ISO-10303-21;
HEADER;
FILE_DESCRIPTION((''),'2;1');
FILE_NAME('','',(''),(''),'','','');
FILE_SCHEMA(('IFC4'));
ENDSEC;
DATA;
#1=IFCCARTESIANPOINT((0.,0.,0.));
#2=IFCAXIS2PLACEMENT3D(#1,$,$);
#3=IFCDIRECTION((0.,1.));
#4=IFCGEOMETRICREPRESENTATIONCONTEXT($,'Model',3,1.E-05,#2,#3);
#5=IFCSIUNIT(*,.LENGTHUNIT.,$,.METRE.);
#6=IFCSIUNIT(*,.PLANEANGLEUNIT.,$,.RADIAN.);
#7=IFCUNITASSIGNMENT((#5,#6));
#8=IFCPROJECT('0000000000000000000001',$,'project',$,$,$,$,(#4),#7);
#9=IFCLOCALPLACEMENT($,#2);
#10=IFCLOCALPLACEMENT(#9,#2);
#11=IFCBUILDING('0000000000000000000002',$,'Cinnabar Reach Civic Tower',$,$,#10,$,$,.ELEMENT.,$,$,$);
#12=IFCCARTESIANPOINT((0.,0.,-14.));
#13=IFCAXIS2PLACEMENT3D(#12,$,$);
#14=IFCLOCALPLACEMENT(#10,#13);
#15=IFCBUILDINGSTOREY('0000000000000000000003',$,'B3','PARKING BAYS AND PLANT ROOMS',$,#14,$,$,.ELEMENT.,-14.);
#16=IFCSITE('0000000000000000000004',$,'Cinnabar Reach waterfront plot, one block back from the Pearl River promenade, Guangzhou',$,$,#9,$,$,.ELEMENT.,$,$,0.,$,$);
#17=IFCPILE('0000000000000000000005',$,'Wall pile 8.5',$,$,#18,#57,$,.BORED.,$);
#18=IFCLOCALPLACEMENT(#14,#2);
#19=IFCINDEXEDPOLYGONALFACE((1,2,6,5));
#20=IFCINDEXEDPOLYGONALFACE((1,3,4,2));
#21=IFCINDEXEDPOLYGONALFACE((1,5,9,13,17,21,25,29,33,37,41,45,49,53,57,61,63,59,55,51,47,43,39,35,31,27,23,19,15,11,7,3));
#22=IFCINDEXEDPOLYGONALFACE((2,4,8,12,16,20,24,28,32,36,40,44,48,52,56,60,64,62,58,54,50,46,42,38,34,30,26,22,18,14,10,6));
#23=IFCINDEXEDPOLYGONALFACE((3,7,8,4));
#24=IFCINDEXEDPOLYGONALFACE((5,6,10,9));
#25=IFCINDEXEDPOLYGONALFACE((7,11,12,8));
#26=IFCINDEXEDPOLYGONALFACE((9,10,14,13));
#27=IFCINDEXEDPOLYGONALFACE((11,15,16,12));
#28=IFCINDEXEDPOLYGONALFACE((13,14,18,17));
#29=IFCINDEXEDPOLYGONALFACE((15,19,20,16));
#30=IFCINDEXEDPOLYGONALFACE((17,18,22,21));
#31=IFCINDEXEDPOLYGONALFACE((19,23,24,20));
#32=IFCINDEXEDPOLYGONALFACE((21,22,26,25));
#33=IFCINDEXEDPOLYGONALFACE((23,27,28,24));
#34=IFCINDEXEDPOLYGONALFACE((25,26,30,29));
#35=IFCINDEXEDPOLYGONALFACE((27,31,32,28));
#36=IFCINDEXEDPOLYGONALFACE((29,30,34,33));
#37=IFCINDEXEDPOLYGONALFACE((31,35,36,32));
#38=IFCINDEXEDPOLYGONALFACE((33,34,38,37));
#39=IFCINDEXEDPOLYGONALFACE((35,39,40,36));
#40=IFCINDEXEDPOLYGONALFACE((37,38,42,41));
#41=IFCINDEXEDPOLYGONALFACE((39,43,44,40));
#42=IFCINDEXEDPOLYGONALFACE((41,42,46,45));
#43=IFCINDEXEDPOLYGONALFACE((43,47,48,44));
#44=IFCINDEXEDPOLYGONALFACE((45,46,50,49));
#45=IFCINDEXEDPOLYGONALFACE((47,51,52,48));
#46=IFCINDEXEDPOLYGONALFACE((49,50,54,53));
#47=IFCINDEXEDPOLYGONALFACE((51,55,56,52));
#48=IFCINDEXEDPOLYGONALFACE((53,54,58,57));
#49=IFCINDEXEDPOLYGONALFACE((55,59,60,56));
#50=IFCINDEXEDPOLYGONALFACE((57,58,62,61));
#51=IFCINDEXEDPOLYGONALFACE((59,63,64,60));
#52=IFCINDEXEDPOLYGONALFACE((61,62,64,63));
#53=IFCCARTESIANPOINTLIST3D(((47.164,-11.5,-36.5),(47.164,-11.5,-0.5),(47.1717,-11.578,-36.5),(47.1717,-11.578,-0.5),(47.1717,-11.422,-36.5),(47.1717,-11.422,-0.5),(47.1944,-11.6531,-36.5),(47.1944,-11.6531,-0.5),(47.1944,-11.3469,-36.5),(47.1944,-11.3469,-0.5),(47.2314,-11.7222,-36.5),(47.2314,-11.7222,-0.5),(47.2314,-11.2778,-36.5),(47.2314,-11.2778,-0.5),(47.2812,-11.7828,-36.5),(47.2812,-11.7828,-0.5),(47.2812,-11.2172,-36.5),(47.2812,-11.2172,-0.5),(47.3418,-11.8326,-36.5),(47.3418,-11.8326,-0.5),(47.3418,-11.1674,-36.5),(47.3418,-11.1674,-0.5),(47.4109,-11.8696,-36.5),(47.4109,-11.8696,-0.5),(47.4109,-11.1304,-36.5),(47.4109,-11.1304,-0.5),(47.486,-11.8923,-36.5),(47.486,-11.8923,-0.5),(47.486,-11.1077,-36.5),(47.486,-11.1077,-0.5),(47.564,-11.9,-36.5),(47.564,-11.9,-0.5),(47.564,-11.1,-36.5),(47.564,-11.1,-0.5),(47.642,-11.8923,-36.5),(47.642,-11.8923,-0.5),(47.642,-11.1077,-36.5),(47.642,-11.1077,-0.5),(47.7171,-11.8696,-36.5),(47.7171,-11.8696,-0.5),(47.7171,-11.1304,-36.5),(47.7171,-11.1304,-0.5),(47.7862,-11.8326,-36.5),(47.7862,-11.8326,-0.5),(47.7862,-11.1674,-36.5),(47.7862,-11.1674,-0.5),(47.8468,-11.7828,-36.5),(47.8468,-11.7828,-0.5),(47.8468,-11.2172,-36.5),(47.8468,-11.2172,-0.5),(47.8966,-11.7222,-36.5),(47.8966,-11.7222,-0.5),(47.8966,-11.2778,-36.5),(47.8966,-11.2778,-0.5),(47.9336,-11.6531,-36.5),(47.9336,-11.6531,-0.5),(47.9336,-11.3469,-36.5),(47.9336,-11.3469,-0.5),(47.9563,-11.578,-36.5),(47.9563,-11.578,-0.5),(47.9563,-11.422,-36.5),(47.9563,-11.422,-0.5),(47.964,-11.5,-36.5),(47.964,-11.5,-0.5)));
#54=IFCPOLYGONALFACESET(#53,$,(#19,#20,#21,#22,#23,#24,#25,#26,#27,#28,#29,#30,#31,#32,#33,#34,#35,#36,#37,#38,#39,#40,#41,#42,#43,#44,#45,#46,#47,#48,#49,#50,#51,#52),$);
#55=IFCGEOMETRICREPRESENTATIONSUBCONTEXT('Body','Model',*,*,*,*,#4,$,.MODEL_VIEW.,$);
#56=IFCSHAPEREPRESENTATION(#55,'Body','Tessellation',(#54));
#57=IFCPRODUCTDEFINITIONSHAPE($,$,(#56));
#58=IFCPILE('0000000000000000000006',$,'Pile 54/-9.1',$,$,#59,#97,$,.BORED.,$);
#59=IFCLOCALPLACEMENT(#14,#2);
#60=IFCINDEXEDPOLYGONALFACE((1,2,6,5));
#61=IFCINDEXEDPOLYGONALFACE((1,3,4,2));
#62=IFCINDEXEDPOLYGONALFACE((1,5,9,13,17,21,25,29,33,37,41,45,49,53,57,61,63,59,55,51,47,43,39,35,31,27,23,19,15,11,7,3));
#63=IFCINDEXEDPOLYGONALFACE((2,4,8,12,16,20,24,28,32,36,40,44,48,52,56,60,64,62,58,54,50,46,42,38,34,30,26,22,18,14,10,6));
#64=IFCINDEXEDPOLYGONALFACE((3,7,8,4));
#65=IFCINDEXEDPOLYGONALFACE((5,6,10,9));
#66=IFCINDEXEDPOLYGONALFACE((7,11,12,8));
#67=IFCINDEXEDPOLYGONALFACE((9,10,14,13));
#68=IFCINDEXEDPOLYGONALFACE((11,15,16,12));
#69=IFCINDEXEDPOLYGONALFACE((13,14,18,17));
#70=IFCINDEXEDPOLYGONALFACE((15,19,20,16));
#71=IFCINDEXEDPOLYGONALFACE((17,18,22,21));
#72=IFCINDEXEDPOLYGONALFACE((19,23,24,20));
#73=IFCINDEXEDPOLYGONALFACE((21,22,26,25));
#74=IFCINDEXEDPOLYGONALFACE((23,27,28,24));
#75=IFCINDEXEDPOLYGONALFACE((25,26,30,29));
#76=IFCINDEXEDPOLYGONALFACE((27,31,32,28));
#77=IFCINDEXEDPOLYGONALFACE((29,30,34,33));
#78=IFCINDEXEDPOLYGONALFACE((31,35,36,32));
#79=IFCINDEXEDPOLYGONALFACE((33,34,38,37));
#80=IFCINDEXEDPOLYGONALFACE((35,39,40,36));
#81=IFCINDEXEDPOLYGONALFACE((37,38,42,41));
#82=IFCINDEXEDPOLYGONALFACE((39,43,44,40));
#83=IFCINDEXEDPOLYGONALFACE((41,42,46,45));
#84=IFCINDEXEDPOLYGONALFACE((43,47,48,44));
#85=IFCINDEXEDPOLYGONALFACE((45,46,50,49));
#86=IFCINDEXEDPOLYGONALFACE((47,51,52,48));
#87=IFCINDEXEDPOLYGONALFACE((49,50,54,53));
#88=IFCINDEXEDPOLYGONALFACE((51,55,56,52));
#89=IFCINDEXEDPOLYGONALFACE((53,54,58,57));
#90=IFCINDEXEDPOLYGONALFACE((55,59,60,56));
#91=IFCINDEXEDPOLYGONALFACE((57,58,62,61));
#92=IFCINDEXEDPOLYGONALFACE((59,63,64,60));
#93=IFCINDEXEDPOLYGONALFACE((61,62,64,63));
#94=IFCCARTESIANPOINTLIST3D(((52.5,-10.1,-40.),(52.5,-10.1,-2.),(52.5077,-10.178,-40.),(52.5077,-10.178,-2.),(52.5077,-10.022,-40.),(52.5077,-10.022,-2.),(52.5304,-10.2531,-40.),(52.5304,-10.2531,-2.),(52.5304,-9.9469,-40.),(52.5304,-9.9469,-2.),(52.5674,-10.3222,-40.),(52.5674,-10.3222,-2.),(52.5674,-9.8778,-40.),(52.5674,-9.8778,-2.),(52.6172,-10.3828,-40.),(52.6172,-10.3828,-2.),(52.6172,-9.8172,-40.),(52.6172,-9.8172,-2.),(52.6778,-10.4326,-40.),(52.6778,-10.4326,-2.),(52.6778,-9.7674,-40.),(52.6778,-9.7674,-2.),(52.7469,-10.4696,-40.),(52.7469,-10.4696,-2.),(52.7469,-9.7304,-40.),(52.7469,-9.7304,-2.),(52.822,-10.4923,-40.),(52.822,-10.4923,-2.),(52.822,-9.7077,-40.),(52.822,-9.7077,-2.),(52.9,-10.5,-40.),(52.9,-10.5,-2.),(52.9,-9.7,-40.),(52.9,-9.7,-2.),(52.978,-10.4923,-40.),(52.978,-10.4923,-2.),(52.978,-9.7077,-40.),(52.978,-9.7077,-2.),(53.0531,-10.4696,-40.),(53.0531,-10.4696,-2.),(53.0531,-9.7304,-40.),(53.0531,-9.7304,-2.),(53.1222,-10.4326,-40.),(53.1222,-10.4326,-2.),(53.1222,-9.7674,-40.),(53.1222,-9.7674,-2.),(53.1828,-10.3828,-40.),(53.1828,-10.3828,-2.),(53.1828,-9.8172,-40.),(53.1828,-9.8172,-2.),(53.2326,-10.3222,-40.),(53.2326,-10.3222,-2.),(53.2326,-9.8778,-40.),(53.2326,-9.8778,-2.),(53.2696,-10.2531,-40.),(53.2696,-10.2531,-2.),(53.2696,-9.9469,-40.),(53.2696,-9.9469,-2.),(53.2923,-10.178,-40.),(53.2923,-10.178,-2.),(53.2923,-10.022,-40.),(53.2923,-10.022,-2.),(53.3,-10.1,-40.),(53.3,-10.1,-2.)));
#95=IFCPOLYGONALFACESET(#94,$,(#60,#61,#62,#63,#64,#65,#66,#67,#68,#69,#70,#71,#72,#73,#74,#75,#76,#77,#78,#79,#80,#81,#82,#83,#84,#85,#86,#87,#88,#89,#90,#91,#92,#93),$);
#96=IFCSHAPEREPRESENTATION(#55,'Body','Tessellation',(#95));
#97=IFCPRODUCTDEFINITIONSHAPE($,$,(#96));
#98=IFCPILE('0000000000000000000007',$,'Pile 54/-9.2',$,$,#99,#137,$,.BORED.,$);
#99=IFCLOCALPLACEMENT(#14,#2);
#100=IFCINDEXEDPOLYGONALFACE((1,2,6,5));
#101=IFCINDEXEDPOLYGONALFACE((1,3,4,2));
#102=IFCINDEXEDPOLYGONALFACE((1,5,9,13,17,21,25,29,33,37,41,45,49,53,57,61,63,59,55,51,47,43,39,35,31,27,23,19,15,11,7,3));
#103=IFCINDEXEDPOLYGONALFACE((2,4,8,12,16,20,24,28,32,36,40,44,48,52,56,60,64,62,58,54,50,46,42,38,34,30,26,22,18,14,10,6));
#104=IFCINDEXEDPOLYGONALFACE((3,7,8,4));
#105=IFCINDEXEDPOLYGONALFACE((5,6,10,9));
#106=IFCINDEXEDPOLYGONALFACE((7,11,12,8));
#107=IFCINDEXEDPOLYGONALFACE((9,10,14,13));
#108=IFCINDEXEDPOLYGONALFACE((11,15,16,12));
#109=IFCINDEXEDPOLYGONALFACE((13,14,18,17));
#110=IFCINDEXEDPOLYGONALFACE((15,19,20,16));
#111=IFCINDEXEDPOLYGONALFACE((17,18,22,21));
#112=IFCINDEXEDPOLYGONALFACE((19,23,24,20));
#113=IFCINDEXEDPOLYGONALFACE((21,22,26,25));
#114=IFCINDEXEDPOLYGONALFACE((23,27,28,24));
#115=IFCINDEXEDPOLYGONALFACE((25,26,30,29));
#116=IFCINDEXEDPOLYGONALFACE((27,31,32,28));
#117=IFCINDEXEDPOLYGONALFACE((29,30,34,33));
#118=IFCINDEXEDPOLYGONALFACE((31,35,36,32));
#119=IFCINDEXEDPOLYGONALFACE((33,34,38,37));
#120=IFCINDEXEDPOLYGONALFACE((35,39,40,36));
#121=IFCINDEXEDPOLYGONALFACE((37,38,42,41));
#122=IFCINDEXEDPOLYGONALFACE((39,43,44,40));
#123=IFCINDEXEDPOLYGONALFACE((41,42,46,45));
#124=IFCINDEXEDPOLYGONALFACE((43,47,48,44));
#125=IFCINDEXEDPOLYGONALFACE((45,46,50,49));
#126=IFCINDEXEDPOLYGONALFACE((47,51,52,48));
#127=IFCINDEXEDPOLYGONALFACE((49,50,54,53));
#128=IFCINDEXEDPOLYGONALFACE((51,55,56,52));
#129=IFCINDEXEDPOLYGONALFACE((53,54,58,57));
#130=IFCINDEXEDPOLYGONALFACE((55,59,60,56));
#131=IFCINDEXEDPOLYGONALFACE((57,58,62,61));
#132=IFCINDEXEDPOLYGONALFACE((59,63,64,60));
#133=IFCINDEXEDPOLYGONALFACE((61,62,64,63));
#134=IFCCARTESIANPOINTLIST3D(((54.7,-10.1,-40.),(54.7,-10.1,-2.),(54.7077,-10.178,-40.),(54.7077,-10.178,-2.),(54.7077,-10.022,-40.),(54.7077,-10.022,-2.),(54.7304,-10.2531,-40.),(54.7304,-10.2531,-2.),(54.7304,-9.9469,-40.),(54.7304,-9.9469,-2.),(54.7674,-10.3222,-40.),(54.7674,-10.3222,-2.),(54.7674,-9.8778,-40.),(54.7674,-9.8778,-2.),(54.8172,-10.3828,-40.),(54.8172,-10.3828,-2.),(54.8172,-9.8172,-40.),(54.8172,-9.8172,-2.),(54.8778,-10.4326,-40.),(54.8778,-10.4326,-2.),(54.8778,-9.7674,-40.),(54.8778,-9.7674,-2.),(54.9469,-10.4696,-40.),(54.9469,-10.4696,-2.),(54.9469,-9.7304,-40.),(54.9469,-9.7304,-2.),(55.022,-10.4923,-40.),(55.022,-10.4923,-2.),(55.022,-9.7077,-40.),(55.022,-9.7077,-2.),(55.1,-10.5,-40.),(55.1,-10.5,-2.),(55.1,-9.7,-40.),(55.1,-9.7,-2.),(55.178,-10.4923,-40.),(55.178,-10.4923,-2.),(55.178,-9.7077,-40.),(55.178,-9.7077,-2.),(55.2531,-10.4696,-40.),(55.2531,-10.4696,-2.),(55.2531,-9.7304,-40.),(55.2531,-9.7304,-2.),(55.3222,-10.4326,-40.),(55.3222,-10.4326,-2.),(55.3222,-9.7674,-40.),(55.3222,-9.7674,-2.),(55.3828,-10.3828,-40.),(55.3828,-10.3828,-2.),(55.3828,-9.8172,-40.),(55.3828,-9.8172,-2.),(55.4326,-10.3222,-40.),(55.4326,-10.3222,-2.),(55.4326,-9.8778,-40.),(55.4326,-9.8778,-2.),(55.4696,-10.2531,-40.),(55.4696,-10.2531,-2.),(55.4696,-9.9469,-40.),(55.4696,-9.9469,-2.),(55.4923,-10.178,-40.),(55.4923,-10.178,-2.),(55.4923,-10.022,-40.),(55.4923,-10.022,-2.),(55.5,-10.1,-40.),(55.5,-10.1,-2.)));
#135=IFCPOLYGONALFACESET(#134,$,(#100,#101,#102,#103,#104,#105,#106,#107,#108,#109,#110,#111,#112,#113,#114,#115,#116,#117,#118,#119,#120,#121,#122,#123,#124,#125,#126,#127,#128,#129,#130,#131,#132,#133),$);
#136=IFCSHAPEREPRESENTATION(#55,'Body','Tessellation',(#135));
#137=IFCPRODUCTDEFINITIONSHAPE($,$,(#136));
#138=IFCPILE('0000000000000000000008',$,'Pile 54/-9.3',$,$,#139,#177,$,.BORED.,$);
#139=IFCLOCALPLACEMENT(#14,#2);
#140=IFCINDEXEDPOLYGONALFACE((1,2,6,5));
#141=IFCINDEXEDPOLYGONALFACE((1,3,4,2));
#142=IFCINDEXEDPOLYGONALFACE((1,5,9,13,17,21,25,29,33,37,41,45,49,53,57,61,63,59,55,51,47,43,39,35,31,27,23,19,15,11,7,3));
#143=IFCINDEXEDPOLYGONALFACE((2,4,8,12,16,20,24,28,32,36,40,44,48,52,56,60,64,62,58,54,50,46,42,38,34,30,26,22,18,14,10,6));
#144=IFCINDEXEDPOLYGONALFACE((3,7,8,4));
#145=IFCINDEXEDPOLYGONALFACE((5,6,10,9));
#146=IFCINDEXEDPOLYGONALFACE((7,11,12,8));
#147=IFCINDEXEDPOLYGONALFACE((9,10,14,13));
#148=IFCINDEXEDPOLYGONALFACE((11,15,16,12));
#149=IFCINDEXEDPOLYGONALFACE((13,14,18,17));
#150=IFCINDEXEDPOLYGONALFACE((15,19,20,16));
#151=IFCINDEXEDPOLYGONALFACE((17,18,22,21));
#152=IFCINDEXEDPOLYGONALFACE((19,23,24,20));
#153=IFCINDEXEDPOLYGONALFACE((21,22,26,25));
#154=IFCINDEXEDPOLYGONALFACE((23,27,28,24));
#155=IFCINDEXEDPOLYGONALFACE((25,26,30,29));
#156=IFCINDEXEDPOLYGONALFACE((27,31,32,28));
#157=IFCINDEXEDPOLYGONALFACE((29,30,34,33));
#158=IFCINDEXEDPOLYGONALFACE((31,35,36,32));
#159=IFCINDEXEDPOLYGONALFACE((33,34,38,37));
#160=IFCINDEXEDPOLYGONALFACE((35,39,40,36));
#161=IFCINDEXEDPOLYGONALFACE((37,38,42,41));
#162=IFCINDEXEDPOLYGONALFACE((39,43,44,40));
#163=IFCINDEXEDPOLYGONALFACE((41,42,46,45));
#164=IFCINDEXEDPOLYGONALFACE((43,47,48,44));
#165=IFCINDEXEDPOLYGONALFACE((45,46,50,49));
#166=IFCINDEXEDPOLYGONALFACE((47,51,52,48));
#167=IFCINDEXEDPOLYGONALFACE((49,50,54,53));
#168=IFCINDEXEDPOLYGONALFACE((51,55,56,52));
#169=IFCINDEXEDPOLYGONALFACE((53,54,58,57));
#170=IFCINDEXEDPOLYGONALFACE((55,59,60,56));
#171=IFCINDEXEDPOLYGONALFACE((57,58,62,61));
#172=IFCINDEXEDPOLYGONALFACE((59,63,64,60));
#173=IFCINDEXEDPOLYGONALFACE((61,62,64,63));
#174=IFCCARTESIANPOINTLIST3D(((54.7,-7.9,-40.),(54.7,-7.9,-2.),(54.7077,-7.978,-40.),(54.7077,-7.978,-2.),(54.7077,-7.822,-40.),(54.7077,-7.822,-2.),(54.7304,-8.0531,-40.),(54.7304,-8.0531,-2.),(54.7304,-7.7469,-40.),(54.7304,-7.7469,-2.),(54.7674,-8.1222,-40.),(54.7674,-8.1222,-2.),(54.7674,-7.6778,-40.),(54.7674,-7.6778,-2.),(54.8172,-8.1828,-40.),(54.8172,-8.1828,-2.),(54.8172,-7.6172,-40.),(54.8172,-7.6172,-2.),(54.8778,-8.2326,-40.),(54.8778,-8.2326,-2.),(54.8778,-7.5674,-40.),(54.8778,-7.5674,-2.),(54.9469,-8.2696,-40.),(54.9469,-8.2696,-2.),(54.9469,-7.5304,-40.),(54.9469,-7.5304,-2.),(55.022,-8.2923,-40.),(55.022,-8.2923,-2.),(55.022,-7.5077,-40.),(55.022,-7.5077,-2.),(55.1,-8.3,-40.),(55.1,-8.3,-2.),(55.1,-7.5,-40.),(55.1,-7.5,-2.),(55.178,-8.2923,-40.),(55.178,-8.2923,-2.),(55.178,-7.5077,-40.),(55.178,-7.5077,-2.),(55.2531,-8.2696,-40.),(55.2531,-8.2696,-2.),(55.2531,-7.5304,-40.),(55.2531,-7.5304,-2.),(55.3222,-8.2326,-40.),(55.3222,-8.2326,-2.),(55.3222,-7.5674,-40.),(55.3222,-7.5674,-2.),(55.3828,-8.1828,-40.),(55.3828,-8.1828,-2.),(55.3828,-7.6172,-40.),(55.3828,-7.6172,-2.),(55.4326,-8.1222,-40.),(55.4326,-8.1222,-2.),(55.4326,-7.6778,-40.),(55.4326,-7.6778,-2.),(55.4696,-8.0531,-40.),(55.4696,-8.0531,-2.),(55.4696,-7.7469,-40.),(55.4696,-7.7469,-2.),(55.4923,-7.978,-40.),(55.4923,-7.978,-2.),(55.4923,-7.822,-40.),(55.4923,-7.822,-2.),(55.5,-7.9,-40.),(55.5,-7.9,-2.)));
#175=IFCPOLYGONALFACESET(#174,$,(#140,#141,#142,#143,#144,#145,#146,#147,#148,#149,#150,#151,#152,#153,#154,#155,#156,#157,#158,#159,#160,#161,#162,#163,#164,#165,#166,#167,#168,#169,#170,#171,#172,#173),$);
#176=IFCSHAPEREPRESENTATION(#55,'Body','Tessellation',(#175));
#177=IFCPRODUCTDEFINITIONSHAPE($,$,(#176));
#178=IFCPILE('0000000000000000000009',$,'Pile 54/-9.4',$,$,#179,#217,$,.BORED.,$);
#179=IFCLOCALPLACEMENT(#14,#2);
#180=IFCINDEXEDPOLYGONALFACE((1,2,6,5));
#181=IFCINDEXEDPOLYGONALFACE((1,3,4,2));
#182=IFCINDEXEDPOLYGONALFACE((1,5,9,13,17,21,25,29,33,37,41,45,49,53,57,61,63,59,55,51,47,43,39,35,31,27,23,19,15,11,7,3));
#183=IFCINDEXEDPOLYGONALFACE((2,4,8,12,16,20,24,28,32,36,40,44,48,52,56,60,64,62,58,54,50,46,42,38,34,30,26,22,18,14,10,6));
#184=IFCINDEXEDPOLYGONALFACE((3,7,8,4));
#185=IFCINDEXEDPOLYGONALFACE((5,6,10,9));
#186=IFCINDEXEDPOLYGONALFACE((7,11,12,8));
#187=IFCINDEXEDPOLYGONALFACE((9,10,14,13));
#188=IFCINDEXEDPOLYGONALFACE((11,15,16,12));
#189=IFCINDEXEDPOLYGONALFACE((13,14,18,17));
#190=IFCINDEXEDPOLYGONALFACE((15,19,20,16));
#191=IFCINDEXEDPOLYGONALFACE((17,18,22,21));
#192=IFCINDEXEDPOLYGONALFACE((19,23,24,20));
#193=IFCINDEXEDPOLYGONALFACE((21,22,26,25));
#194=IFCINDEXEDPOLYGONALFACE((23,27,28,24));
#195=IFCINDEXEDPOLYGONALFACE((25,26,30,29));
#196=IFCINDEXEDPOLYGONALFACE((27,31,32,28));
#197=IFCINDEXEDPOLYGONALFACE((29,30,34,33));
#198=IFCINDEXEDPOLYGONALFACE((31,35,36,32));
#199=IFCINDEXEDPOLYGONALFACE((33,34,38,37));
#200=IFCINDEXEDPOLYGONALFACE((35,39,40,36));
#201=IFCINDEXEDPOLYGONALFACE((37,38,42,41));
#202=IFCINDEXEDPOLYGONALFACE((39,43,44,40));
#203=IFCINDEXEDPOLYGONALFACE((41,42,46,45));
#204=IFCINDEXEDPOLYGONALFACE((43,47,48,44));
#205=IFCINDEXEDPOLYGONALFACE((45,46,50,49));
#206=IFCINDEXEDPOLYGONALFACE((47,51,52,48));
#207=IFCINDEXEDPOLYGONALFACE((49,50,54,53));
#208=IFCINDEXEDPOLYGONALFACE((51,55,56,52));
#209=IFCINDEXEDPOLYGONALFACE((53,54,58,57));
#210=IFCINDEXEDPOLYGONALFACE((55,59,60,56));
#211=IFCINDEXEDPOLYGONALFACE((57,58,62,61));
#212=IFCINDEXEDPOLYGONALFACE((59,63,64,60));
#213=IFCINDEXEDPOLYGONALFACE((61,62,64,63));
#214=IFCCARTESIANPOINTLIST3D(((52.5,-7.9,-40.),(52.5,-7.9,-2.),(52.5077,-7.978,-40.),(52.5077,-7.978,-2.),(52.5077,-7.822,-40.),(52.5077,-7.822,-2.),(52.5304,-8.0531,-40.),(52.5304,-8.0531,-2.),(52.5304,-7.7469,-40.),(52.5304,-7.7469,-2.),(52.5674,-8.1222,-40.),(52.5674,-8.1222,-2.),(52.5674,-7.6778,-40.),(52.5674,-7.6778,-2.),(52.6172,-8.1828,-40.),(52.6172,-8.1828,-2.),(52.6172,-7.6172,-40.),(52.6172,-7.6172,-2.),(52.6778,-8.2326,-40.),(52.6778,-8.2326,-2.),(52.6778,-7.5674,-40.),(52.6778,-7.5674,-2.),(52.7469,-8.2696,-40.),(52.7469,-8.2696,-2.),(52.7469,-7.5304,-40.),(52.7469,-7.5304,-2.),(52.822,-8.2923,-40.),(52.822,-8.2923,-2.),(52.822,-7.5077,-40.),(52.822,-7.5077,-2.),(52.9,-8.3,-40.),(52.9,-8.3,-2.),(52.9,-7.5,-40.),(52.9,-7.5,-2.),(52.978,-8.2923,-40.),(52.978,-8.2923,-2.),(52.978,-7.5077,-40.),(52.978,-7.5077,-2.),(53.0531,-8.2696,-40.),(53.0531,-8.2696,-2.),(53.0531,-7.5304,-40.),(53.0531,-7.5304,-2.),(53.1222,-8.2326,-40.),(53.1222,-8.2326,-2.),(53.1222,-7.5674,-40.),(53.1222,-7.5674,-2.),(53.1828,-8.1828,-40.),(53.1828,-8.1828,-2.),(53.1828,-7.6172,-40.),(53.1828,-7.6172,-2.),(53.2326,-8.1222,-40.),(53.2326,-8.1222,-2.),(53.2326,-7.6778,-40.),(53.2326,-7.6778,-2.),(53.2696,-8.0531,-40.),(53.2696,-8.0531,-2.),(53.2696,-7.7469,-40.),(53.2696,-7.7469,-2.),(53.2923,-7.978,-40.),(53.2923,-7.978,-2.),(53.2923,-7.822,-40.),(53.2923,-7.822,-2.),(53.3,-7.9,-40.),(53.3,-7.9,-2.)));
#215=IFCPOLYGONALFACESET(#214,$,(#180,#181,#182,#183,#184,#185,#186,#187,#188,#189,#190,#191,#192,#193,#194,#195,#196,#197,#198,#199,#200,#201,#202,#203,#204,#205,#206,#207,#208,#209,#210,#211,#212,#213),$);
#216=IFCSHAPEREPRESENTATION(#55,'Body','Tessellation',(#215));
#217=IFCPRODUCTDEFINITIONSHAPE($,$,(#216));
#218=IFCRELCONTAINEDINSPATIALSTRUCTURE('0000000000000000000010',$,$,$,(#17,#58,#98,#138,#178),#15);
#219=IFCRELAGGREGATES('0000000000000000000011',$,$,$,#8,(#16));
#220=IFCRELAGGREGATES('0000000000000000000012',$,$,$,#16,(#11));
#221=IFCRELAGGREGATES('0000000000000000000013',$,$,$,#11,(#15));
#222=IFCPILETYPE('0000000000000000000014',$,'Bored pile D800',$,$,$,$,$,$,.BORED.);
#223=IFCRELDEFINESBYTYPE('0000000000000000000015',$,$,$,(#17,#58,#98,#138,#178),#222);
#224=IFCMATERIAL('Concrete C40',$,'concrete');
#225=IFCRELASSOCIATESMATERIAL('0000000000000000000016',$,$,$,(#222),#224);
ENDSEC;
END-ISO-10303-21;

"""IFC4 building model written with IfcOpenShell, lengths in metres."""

from ifc_helpers import new_model, si_unit, direction, frame, origin, origin_2d, place, context, subcontext, project, spatial, circle, extrude, material, type_object, element, save


model = new_model("IFC4")

# Units and contexts
model_context = context("Model", 3, precision=1e-05, world=origin(), true_north=direction((0.0, 1.0)))
body_context = subcontext(model_context, "Body", "Model", "MODEL_VIEW")
ifc_project = project(units=[si_unit("LENGTHUNIT", "METRE"), si_unit("PLANEANGLEUNIT", "RADIAN")], contexts=[model_context])

# Site, building, storey
site_placement = place(None, origin())
site = spatial("IfcSite", under=ifc_project, at=site_placement, Name="Cinnabar Reach waterfront plot, one block back from the Pearl River promenade, Guangzhou", CompositionType="ELEMENT", RefElevation=0.0)
building_placement = place(site_placement, origin())
building = spatial("IfcBuilding", under=site, at=building_placement, Name="Cinnabar Reach Civic Tower", CompositionType="ELEMENT")
storey_placement = place(building_placement, frame((0.0, 0.0, -14.0)))
storey = spatial("IfcBuildingStorey", under=building, at=storey_placement, Name="B3", Description="PARKING BAYS AND PLANT ROOMS", CompositionType="ELEMENT", Elevation=-14.0)

# Piles
ifc_material_1 = material(Name="Concrete C40", Category="concrete")
pile_type = type_object("IfcPileType", Name="Bored pile D800", PredefinedType="BORED", material=ifc_material_1)
for number, where, z_axis, x_axis, name in (
    (1, (47.564, -11.5, -0.5), (0.0, 0.0, -1.0), (1.0, 0.0, 0.0), "Wall pile 8.5"),
):
    element("IfcPile", number, at=place(storey_placement, frame(where, z_axis=z_axis, x_axis=x_axis)), inside=storey, type_object=pile_type, Name=name, PredefinedType="BORED", context=body_context, shape_type="SweptSolid", body=[
        extrude(circle(Radius=0.4, at=origin_2d()), origin(), (0.0, 0.0, 1.0), 36.0),
    ])
for number, where, z_axis, x_axis, name in (
    (2, (52.9, -10.1, -2.0), (0.0, 0.0, -1.0), (1.0, 0.0, 0.0), "Pile 54/-9.1"),
    (3, (55.1, -10.1, -2.0), (0.0, 0.0, -1.0), (1.0, 0.0, 0.0), "Pile 54/-9.2"),
    (4, (55.1, -7.9, -2.0), (0.0, 0.0, -1.0), (1.0, 0.0, 0.0), "Pile 54/-9.3"),
    (5, (52.9, -7.9, -2.0), (0.0, 0.0, -1.0), (1.0, 0.0, 0.0), "Pile 54/-9.4"),
):
    element("IfcPile", number, at=place(storey_placement, frame(where, z_axis=z_axis, x_axis=x_axis)), inside=storey, type_object=pile_type, Name=name, PredefinedType="BORED", context=body_context, shape_type="SweptSolid", body=[
        extrude(circle(Radius=0.4, at=origin_2d()), origin(), (0.0, 0.0, 1.0), 38.0),
    ])

save(model, "model.ifc")
